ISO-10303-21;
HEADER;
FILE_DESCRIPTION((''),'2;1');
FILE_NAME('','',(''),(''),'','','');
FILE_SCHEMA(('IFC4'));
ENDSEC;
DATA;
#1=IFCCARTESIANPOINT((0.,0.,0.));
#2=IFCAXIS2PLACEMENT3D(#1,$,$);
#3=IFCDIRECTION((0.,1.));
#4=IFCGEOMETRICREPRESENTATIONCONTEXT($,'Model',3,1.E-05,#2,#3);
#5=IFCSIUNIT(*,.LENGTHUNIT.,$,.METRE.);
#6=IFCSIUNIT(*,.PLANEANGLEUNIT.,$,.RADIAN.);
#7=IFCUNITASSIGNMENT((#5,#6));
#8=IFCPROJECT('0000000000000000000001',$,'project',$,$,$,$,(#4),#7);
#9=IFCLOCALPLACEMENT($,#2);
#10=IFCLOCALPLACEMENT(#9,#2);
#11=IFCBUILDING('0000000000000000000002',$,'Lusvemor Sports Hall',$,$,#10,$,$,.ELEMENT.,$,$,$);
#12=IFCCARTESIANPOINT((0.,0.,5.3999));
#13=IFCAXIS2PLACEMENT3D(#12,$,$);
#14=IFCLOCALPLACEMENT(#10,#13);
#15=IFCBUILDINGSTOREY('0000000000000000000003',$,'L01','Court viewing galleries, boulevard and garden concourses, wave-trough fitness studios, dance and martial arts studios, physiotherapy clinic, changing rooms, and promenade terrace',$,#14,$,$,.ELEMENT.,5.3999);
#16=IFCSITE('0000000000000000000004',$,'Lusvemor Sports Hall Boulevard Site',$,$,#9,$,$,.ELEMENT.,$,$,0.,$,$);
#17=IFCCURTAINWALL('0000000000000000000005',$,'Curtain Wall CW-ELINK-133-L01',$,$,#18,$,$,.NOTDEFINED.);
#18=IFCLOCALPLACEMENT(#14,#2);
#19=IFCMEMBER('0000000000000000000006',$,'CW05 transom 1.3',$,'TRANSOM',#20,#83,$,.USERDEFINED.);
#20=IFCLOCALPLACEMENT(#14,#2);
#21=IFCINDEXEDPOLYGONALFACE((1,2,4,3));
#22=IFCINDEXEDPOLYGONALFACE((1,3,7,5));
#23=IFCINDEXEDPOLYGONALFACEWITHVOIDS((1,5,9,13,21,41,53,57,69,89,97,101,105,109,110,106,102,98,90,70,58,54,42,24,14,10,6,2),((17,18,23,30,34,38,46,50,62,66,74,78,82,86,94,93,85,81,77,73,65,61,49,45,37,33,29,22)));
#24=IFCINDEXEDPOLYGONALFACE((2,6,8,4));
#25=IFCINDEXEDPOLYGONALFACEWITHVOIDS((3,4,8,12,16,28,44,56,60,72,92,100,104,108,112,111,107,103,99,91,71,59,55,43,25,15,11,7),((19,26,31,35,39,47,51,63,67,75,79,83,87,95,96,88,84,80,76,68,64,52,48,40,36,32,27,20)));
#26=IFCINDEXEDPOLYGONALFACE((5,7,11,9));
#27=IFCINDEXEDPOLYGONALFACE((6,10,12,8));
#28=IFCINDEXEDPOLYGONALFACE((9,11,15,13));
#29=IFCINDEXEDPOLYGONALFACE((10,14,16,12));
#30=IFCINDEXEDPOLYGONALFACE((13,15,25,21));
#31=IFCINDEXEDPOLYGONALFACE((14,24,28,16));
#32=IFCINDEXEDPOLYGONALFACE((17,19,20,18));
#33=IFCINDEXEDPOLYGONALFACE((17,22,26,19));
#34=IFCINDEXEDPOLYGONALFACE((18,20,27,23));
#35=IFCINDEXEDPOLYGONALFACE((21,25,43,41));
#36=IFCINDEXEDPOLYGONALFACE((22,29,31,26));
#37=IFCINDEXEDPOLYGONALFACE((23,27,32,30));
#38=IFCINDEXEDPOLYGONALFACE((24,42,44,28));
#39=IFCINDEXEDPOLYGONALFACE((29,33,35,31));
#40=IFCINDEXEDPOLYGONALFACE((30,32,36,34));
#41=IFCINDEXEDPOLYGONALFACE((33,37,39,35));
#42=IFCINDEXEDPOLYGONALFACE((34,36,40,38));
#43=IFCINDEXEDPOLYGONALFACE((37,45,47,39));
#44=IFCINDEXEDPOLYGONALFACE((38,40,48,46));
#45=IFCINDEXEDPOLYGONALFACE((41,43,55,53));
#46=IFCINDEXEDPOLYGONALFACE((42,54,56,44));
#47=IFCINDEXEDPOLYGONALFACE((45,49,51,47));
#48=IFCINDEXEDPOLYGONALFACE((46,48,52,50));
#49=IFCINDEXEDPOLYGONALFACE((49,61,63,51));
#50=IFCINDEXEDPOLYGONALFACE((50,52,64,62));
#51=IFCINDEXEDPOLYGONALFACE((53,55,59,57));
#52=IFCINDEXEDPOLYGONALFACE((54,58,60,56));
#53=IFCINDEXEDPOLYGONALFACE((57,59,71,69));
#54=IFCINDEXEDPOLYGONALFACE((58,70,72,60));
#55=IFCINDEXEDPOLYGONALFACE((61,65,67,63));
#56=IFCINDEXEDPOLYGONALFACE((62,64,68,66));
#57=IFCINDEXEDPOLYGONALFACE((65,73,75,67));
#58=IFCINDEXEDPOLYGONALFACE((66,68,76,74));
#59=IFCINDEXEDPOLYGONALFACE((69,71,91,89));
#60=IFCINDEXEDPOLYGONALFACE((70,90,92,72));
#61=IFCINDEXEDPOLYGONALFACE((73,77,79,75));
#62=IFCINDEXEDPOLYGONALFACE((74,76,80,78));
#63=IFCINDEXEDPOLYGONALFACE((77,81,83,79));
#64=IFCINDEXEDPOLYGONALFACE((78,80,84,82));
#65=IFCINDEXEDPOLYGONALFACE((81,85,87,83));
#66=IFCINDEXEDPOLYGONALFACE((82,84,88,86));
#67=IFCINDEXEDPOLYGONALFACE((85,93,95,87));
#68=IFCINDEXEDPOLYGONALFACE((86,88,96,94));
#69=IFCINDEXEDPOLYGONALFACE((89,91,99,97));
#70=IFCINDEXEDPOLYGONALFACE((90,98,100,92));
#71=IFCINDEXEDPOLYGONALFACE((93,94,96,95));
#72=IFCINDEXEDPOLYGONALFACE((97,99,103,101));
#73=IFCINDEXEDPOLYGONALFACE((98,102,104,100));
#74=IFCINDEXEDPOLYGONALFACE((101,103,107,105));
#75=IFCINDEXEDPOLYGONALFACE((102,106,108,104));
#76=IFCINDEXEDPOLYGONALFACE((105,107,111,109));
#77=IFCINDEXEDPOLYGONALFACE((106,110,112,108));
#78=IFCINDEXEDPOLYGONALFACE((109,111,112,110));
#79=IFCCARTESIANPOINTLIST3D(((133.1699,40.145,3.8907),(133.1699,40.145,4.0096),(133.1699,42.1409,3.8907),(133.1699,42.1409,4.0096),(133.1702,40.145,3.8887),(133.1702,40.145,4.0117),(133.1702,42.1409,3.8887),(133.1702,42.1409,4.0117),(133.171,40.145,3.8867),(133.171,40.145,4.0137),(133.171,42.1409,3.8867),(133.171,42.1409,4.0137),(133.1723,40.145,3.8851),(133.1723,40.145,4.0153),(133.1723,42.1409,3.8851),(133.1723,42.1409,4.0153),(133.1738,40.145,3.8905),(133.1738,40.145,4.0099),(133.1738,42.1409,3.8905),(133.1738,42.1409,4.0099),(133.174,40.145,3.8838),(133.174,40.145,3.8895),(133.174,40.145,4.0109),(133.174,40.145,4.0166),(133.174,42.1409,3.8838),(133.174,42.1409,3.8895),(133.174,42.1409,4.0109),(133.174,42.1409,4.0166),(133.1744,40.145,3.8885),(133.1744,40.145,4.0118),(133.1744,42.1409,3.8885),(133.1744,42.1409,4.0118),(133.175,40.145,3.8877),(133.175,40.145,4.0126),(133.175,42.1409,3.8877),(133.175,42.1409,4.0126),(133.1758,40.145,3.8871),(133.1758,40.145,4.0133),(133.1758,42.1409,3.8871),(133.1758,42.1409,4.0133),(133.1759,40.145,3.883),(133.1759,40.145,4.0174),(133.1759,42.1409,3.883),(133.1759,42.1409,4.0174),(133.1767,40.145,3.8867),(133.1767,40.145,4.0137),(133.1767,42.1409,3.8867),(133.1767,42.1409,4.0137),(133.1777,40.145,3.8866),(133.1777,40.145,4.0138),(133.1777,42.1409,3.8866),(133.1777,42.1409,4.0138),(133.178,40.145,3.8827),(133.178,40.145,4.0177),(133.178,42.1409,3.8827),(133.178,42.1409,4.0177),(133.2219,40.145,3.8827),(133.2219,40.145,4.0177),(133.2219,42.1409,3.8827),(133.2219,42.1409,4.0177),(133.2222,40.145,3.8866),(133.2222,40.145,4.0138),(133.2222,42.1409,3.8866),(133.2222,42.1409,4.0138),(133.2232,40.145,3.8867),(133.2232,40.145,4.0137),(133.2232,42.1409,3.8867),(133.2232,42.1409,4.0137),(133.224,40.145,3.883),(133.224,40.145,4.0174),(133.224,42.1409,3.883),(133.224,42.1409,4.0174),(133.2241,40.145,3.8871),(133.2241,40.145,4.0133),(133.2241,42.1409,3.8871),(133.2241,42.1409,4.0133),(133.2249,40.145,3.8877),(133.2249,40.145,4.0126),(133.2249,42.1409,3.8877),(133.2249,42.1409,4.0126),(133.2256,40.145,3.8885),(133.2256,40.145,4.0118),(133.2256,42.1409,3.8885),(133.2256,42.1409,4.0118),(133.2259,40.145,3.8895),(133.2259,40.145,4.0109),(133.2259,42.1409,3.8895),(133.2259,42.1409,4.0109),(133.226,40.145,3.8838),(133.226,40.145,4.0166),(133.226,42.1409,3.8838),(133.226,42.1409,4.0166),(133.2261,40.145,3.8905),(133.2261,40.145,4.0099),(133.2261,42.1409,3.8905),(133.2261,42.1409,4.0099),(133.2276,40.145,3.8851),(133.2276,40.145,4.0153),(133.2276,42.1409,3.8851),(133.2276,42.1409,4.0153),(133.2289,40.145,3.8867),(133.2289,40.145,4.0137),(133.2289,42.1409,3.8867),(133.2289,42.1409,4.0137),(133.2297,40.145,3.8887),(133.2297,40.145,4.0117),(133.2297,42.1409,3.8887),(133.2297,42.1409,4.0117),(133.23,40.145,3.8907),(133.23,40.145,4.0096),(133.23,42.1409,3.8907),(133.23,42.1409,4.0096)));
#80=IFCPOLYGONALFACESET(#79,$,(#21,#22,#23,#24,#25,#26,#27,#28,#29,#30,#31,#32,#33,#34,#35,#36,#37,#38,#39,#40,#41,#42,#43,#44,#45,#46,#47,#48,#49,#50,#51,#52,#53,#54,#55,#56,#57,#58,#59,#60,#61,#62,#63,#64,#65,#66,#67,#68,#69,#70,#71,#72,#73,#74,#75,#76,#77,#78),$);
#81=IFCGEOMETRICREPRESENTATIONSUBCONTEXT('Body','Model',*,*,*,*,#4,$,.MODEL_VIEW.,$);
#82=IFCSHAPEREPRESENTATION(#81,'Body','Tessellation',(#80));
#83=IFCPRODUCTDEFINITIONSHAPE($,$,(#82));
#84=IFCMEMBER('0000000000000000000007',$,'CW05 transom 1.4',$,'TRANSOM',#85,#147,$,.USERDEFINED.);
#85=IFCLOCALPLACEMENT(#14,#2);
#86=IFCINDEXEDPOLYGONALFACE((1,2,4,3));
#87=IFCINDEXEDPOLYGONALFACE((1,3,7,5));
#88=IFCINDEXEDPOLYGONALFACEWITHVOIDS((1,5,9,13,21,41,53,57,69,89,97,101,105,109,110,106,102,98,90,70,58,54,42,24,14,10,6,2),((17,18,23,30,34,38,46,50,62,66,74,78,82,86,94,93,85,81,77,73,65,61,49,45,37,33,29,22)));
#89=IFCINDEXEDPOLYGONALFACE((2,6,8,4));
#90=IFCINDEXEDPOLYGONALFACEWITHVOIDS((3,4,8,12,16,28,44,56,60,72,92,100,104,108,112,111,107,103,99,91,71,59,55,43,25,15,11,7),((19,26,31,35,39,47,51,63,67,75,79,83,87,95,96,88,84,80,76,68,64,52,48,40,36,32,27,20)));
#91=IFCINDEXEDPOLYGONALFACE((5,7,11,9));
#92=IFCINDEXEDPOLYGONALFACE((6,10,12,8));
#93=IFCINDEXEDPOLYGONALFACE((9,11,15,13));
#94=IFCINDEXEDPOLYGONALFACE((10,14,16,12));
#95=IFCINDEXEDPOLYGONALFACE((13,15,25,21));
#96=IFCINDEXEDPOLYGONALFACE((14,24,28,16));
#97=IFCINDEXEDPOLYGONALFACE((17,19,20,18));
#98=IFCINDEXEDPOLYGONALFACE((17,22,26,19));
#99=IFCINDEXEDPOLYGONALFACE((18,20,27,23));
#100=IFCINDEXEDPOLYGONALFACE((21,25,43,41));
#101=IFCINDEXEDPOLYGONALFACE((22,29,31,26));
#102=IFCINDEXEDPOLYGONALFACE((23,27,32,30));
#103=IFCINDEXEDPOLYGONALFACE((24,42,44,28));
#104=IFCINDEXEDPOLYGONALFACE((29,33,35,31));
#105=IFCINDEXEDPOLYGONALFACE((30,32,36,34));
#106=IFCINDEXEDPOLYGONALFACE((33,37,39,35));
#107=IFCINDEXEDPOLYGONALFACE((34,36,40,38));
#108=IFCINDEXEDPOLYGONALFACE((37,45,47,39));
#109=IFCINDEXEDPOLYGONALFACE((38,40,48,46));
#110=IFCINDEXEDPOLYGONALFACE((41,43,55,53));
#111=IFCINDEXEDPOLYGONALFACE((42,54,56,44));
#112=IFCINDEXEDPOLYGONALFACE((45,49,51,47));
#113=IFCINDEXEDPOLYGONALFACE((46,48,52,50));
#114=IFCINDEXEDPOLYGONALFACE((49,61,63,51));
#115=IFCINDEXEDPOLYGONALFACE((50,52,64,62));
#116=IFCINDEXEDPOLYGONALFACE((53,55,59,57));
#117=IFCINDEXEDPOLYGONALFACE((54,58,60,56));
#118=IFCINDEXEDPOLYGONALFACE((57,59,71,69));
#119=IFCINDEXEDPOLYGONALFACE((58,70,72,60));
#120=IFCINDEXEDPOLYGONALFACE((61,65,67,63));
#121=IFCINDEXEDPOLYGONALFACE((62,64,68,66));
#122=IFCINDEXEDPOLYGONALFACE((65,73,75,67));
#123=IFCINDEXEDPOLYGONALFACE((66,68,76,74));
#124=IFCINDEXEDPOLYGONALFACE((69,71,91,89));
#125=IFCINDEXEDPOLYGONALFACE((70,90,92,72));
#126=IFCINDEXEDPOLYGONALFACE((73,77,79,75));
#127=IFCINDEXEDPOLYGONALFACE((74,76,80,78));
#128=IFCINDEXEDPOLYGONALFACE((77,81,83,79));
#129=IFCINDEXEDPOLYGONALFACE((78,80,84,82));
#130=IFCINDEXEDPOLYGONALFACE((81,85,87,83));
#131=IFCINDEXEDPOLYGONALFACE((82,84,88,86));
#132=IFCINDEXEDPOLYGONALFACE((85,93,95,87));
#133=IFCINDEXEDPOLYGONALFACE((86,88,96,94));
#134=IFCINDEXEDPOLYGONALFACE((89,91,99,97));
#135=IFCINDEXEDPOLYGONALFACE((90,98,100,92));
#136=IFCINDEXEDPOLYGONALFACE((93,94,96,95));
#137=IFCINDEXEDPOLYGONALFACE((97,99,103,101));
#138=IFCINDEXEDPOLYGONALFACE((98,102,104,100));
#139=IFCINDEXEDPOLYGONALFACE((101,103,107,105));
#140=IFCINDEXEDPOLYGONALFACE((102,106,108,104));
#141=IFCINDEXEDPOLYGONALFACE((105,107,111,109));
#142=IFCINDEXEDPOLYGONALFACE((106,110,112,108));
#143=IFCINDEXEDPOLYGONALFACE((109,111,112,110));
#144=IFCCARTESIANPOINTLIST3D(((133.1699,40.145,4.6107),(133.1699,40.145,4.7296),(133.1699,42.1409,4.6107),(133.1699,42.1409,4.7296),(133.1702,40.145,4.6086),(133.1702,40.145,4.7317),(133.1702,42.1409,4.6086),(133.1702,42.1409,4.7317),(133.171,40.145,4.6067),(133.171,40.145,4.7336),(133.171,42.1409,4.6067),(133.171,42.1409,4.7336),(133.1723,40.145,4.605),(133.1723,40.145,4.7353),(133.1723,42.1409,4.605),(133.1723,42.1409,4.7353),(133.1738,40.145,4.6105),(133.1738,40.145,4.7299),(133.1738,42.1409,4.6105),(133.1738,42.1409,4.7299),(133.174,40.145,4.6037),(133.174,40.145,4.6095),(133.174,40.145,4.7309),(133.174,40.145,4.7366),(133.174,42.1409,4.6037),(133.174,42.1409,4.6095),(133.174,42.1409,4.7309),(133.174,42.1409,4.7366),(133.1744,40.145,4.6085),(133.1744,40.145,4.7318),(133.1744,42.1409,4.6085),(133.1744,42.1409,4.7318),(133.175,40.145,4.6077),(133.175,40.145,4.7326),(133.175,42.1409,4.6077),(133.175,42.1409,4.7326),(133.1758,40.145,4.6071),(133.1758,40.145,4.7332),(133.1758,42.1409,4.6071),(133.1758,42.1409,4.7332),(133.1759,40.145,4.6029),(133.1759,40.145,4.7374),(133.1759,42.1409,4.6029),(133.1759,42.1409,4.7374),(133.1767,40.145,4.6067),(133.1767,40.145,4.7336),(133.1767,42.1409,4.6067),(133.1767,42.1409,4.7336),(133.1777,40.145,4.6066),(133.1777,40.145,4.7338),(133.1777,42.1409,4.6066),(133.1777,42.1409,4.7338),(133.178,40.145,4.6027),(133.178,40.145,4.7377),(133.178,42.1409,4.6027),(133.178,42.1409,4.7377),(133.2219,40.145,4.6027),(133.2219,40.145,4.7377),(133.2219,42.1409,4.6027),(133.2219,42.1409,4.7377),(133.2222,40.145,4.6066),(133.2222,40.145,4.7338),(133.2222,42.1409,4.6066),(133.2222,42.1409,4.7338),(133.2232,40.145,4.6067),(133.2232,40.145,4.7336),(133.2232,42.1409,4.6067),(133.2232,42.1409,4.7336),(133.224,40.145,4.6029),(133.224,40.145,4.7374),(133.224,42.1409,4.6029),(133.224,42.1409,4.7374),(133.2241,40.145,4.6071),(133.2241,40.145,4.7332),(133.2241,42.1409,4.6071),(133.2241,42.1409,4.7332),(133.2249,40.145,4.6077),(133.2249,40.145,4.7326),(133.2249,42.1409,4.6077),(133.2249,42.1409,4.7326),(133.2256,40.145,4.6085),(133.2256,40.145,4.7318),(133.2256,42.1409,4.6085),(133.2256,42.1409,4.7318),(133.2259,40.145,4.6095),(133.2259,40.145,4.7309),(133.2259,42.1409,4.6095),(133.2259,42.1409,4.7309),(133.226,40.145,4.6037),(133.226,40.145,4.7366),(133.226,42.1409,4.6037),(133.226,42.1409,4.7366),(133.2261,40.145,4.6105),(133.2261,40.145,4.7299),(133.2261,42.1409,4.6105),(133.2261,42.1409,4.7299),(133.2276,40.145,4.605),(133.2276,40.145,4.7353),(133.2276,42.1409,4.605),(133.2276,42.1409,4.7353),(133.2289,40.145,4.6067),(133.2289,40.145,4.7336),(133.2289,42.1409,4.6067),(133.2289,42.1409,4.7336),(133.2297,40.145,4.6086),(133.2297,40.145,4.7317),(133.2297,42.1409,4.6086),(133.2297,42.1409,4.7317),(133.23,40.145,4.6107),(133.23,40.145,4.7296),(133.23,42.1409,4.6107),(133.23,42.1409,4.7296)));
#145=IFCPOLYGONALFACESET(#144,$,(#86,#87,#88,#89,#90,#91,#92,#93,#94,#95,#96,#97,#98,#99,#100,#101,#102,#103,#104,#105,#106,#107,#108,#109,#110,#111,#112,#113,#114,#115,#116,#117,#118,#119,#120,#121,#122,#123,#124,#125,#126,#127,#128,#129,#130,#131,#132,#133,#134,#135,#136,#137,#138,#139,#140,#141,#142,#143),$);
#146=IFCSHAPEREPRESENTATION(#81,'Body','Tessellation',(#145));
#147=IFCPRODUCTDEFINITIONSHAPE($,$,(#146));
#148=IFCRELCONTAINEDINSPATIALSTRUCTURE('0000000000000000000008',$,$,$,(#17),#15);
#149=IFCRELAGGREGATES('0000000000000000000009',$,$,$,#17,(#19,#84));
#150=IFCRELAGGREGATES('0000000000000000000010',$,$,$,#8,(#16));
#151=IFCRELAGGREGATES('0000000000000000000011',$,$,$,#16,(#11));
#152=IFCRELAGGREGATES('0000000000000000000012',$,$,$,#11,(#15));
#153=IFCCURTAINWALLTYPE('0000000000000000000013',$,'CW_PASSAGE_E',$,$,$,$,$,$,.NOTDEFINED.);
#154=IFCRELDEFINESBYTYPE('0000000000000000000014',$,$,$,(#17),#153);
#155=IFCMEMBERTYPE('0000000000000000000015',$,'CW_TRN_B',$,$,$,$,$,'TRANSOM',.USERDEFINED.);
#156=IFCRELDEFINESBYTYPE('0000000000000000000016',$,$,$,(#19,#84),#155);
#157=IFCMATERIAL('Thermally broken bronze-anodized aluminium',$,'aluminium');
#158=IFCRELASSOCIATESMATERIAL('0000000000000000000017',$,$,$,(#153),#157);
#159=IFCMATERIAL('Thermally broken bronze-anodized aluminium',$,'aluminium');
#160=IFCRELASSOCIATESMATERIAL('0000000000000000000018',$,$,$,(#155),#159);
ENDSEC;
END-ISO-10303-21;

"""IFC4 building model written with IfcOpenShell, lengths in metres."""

from ifc_helpers import new_model, si_unit, direction, frame, origin, origin_2d, place, context, subcontext, project, spatial, hollow_rectangle, extrude, material, material_profile, profile_set, type_object, element, aggregate, save


model = new_model("IFC4")

# Units and contexts
model_context = context("Model", 3, precision=1e-05, world=origin(), true_north=direction((0.0, 1.0)))
body_context = subcontext(model_context, "Body", "Model", "MODEL_VIEW")
ifc_project = project(units=[si_unit("LENGTHUNIT", "METRE"), si_unit("PLANEANGLEUNIT", "RADIAN")], contexts=[model_context])

# Site, building, storey
site_placement = place(None, origin())
site = spatial("IfcSite", under=ifc_project, at=site_placement, Name="Lusvemor Sports Hall Boulevard Site", CompositionType="ELEMENT", RefElevation=0.0)
building_placement = place(site_placement, origin())
building = spatial("IfcBuilding", under=site, at=building_placement, Name="Lusvemor Sports Hall", CompositionType="ELEMENT")
storey_placement = place(building_placement, frame((0.0, 0.0, 5.3999)))
storey = spatial("IfcBuildingStorey", under=building, at=storey_placement, Name="L01", Description="Court viewing galleries, boulevard and garden concourses, wave-trough fitness studios, dance and martial arts studios, physiotherapy clinic, changing rooms, and promenade terrace", CompositionType="ELEMENT", Elevation=5.3999)

# Curtain wall
ifc_material_1 = material(Name="Thermally broken bronze-anodized aluminium", Category="aluminium")
curtain_wall_type_1 = type_object("IfcCurtainWallType", Name="CW_PASSAGE_E", PredefinedType="NOTDEFINED", material=ifc_material_1)
curtain_wall_1_placement = place(storey_placement, origin())
curtain_wall_1 = element("IfcCurtainWall", 1, at=curtain_wall_1_placement, inside=storey, type_object=curtain_wall_type_1, Name="Curtain Wall CW-ELINK-133-L01", PredefinedType="NOTDEFINED")

# Members
ifc_material_2 = material(Name="Thermally broken bronze-anodized aluminium", Category="aluminium")
ifc_material_profile_1 = material_profile(ifc_material_2, hollow_rectangle(XDim=0.0601, YDim=0.135, WallThickness=0.0039, InnerFilletRadius=0.0039, OuterFilletRadius=0.0081, at=origin_2d()), Name="CWTRN135x60x4")
ifc_profile_set_1 = profile_set([ifc_material_profile_1], Name="Thermally broken bronze-anodized aluminium")
member_type_1 = type_object("IfcMemberType", Name="CW_TRN_B", ElementType="TRANSOM", PredefinedType="USERDEFINED", material=ifc_profile_set_1)
member_1_placement = place(storey_placement, frame((133.2, 40.145, 3.9502), z_axis=(0.0, 1.0, 0.0), x_axis=(-1.0, 0.0, 0.0)))
member_1 = element("IfcMember", 2, at=member_1_placement, type_object=member_type_1, Name="CW05 transom 1.3", ObjectType="TRANSOM", PredefinedType="USERDEFINED", context=body_context, shape_type="SweptSolid", body=[
    extrude(hollow_rectangle(XDim=0.0601, YDim=0.135, WallThickness=0.0039, InnerFilletRadius=0.0039, OuterFilletRadius=0.0081, at=origin_2d()), origin(), (0.0, 0.0, 1.0), 1.9958),
])
member_2_placement = place(storey_placement, frame((133.2, 40.145, 4.6702), z_axis=(0.0, 1.0, 0.0), x_axis=(-1.0, 0.0, 0.0)))
member_2 = element("IfcMember", 3, at=member_2_placement, type_object=member_type_1, Name="CW05 transom 1.4", ObjectType="TRANSOM", PredefinedType="USERDEFINED", context=body_context, shape_type="SweptSolid", body=[
    extrude(hollow_rectangle(XDim=0.0601, YDim=0.135, WallThickness=0.0039, InnerFilletRadius=0.0039, OuterFilletRadius=0.0081, at=origin_2d()), origin(), (0.0, 0.0, 1.0), 1.9958),
])

aggregate(curtain_wall_1, [member_1, member_2])

save(model, "model.ifc")
